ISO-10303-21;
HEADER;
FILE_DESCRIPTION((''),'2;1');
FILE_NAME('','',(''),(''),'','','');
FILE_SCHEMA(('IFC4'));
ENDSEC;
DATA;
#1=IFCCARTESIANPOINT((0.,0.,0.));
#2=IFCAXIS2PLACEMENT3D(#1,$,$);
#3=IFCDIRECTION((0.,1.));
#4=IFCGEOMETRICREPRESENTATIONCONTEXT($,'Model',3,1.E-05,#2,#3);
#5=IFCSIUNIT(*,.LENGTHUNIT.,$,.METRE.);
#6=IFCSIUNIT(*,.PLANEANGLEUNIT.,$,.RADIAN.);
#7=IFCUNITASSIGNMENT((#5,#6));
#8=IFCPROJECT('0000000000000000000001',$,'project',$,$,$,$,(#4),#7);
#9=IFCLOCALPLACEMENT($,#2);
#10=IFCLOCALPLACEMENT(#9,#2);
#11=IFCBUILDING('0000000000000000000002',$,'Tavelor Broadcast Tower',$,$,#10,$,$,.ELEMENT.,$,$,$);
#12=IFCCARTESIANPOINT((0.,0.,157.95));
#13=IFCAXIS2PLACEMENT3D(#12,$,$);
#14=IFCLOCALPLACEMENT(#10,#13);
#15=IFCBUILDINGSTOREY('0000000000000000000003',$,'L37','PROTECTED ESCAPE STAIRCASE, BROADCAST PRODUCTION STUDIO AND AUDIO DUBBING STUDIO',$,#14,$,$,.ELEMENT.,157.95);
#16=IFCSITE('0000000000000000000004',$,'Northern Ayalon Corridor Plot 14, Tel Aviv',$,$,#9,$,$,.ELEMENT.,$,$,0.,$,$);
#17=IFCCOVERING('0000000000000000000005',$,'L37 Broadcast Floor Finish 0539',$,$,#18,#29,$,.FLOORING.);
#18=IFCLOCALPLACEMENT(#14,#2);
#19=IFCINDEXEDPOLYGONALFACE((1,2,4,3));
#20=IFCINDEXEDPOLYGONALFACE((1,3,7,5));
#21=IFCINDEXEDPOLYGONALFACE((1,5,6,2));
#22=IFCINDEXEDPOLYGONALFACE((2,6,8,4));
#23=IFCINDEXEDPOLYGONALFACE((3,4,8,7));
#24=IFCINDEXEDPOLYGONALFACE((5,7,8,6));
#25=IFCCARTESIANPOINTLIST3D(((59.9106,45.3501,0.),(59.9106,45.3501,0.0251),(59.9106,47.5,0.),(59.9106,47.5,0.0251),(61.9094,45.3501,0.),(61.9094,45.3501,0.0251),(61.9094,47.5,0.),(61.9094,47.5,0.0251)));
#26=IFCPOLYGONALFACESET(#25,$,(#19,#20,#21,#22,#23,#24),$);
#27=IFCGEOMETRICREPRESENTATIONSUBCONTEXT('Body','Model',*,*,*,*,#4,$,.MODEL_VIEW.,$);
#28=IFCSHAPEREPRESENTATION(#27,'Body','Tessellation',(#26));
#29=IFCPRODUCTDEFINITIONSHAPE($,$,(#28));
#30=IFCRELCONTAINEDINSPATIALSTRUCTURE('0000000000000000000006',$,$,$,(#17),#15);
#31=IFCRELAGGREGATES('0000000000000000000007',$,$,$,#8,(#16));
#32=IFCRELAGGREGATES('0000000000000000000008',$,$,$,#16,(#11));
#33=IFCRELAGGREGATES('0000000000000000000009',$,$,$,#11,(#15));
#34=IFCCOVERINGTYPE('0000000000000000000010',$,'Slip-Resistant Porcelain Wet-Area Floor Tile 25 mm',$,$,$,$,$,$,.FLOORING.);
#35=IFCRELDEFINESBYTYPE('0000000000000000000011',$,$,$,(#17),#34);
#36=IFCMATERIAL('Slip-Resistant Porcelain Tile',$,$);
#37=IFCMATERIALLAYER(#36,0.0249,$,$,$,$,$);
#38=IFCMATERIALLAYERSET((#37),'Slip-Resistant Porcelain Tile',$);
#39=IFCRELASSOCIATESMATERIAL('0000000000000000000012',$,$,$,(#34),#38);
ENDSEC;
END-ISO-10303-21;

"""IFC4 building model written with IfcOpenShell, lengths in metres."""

from ifc_helpers import new_model, si_unit, direction, frame, origin, place, context, subcontext, project, spatial, polyline, outline, extrude, material, layer, layer_set, type_object, element, save


model = new_model("IFC4")

# Units and contexts
model_context = context("Model", 3, precision=1e-05, world=origin(), true_north=direction((0.0, 1.0)))
body_context = subcontext(model_context, "Body", "Model", "MODEL_VIEW")
ifc_project = project(units=[si_unit("LENGTHUNIT", "METRE"), si_unit("PLANEANGLEUNIT", "RADIAN")], contexts=[model_context])

# Site, building, storey
site_placement = place(None, origin())
site = spatial("IfcSite", under=ifc_project, at=site_placement, Name="Northern Ayalon Corridor Plot 14, Tel Aviv", CompositionType="ELEMENT", RefElevation=0.0)
building_placement = place(site_placement, origin())
building = spatial("IfcBuilding", under=site, at=building_placement, Name="Tavelor Broadcast Tower", CompositionType="ELEMENT")
storey_placement = place(building_placement, frame((0.0, 0.0, 157.95)))
storey = spatial("IfcBuildingStorey", under=building, at=storey_placement, Name="L37", Description="PROTECTED ESCAPE STAIRCASE, BROADCAST PRODUCTION STUDIO AND AUDIO DUBBING STUDIO", CompositionType="ELEMENT", Elevation=157.95)

# Covering
ifc_material_1 = material(Name="Slip-Resistant Porcelain Tile")
ifc_layer_1 = layer(ifc_material_1, 0.0249)
ifc_layer_set_1 = layer_set([ifc_layer_1], Name="Slip-Resistant Porcelain Tile")
covering_type_1 = type_object("IfcCoveringType", Name="Slip-Resistant Porcelain Wet-Area Floor Tile 25 mm", PredefinedType="FLOORING", material=ifc_layer_set_1)
covering_1_placement = place(storey_placement, origin())
element("IfcCovering", 1, at=covering_1_placement, inside=storey, type_object=covering_type_1, Name="L37 Broadcast Floor Finish 0539", PredefinedType="FLOORING", context=body_context, shape_type="SweptSolid", body=[
    extrude(outline(polyline([(59.9106, 45.3501), (61.9094, 45.3501), (61.9094, 47.5), (59.9106, 47.5), (59.9106, 45.3501)])), origin(), (0.0, 0.0, 1.0), 0.0251),
])

save(model, "model.ifc")
